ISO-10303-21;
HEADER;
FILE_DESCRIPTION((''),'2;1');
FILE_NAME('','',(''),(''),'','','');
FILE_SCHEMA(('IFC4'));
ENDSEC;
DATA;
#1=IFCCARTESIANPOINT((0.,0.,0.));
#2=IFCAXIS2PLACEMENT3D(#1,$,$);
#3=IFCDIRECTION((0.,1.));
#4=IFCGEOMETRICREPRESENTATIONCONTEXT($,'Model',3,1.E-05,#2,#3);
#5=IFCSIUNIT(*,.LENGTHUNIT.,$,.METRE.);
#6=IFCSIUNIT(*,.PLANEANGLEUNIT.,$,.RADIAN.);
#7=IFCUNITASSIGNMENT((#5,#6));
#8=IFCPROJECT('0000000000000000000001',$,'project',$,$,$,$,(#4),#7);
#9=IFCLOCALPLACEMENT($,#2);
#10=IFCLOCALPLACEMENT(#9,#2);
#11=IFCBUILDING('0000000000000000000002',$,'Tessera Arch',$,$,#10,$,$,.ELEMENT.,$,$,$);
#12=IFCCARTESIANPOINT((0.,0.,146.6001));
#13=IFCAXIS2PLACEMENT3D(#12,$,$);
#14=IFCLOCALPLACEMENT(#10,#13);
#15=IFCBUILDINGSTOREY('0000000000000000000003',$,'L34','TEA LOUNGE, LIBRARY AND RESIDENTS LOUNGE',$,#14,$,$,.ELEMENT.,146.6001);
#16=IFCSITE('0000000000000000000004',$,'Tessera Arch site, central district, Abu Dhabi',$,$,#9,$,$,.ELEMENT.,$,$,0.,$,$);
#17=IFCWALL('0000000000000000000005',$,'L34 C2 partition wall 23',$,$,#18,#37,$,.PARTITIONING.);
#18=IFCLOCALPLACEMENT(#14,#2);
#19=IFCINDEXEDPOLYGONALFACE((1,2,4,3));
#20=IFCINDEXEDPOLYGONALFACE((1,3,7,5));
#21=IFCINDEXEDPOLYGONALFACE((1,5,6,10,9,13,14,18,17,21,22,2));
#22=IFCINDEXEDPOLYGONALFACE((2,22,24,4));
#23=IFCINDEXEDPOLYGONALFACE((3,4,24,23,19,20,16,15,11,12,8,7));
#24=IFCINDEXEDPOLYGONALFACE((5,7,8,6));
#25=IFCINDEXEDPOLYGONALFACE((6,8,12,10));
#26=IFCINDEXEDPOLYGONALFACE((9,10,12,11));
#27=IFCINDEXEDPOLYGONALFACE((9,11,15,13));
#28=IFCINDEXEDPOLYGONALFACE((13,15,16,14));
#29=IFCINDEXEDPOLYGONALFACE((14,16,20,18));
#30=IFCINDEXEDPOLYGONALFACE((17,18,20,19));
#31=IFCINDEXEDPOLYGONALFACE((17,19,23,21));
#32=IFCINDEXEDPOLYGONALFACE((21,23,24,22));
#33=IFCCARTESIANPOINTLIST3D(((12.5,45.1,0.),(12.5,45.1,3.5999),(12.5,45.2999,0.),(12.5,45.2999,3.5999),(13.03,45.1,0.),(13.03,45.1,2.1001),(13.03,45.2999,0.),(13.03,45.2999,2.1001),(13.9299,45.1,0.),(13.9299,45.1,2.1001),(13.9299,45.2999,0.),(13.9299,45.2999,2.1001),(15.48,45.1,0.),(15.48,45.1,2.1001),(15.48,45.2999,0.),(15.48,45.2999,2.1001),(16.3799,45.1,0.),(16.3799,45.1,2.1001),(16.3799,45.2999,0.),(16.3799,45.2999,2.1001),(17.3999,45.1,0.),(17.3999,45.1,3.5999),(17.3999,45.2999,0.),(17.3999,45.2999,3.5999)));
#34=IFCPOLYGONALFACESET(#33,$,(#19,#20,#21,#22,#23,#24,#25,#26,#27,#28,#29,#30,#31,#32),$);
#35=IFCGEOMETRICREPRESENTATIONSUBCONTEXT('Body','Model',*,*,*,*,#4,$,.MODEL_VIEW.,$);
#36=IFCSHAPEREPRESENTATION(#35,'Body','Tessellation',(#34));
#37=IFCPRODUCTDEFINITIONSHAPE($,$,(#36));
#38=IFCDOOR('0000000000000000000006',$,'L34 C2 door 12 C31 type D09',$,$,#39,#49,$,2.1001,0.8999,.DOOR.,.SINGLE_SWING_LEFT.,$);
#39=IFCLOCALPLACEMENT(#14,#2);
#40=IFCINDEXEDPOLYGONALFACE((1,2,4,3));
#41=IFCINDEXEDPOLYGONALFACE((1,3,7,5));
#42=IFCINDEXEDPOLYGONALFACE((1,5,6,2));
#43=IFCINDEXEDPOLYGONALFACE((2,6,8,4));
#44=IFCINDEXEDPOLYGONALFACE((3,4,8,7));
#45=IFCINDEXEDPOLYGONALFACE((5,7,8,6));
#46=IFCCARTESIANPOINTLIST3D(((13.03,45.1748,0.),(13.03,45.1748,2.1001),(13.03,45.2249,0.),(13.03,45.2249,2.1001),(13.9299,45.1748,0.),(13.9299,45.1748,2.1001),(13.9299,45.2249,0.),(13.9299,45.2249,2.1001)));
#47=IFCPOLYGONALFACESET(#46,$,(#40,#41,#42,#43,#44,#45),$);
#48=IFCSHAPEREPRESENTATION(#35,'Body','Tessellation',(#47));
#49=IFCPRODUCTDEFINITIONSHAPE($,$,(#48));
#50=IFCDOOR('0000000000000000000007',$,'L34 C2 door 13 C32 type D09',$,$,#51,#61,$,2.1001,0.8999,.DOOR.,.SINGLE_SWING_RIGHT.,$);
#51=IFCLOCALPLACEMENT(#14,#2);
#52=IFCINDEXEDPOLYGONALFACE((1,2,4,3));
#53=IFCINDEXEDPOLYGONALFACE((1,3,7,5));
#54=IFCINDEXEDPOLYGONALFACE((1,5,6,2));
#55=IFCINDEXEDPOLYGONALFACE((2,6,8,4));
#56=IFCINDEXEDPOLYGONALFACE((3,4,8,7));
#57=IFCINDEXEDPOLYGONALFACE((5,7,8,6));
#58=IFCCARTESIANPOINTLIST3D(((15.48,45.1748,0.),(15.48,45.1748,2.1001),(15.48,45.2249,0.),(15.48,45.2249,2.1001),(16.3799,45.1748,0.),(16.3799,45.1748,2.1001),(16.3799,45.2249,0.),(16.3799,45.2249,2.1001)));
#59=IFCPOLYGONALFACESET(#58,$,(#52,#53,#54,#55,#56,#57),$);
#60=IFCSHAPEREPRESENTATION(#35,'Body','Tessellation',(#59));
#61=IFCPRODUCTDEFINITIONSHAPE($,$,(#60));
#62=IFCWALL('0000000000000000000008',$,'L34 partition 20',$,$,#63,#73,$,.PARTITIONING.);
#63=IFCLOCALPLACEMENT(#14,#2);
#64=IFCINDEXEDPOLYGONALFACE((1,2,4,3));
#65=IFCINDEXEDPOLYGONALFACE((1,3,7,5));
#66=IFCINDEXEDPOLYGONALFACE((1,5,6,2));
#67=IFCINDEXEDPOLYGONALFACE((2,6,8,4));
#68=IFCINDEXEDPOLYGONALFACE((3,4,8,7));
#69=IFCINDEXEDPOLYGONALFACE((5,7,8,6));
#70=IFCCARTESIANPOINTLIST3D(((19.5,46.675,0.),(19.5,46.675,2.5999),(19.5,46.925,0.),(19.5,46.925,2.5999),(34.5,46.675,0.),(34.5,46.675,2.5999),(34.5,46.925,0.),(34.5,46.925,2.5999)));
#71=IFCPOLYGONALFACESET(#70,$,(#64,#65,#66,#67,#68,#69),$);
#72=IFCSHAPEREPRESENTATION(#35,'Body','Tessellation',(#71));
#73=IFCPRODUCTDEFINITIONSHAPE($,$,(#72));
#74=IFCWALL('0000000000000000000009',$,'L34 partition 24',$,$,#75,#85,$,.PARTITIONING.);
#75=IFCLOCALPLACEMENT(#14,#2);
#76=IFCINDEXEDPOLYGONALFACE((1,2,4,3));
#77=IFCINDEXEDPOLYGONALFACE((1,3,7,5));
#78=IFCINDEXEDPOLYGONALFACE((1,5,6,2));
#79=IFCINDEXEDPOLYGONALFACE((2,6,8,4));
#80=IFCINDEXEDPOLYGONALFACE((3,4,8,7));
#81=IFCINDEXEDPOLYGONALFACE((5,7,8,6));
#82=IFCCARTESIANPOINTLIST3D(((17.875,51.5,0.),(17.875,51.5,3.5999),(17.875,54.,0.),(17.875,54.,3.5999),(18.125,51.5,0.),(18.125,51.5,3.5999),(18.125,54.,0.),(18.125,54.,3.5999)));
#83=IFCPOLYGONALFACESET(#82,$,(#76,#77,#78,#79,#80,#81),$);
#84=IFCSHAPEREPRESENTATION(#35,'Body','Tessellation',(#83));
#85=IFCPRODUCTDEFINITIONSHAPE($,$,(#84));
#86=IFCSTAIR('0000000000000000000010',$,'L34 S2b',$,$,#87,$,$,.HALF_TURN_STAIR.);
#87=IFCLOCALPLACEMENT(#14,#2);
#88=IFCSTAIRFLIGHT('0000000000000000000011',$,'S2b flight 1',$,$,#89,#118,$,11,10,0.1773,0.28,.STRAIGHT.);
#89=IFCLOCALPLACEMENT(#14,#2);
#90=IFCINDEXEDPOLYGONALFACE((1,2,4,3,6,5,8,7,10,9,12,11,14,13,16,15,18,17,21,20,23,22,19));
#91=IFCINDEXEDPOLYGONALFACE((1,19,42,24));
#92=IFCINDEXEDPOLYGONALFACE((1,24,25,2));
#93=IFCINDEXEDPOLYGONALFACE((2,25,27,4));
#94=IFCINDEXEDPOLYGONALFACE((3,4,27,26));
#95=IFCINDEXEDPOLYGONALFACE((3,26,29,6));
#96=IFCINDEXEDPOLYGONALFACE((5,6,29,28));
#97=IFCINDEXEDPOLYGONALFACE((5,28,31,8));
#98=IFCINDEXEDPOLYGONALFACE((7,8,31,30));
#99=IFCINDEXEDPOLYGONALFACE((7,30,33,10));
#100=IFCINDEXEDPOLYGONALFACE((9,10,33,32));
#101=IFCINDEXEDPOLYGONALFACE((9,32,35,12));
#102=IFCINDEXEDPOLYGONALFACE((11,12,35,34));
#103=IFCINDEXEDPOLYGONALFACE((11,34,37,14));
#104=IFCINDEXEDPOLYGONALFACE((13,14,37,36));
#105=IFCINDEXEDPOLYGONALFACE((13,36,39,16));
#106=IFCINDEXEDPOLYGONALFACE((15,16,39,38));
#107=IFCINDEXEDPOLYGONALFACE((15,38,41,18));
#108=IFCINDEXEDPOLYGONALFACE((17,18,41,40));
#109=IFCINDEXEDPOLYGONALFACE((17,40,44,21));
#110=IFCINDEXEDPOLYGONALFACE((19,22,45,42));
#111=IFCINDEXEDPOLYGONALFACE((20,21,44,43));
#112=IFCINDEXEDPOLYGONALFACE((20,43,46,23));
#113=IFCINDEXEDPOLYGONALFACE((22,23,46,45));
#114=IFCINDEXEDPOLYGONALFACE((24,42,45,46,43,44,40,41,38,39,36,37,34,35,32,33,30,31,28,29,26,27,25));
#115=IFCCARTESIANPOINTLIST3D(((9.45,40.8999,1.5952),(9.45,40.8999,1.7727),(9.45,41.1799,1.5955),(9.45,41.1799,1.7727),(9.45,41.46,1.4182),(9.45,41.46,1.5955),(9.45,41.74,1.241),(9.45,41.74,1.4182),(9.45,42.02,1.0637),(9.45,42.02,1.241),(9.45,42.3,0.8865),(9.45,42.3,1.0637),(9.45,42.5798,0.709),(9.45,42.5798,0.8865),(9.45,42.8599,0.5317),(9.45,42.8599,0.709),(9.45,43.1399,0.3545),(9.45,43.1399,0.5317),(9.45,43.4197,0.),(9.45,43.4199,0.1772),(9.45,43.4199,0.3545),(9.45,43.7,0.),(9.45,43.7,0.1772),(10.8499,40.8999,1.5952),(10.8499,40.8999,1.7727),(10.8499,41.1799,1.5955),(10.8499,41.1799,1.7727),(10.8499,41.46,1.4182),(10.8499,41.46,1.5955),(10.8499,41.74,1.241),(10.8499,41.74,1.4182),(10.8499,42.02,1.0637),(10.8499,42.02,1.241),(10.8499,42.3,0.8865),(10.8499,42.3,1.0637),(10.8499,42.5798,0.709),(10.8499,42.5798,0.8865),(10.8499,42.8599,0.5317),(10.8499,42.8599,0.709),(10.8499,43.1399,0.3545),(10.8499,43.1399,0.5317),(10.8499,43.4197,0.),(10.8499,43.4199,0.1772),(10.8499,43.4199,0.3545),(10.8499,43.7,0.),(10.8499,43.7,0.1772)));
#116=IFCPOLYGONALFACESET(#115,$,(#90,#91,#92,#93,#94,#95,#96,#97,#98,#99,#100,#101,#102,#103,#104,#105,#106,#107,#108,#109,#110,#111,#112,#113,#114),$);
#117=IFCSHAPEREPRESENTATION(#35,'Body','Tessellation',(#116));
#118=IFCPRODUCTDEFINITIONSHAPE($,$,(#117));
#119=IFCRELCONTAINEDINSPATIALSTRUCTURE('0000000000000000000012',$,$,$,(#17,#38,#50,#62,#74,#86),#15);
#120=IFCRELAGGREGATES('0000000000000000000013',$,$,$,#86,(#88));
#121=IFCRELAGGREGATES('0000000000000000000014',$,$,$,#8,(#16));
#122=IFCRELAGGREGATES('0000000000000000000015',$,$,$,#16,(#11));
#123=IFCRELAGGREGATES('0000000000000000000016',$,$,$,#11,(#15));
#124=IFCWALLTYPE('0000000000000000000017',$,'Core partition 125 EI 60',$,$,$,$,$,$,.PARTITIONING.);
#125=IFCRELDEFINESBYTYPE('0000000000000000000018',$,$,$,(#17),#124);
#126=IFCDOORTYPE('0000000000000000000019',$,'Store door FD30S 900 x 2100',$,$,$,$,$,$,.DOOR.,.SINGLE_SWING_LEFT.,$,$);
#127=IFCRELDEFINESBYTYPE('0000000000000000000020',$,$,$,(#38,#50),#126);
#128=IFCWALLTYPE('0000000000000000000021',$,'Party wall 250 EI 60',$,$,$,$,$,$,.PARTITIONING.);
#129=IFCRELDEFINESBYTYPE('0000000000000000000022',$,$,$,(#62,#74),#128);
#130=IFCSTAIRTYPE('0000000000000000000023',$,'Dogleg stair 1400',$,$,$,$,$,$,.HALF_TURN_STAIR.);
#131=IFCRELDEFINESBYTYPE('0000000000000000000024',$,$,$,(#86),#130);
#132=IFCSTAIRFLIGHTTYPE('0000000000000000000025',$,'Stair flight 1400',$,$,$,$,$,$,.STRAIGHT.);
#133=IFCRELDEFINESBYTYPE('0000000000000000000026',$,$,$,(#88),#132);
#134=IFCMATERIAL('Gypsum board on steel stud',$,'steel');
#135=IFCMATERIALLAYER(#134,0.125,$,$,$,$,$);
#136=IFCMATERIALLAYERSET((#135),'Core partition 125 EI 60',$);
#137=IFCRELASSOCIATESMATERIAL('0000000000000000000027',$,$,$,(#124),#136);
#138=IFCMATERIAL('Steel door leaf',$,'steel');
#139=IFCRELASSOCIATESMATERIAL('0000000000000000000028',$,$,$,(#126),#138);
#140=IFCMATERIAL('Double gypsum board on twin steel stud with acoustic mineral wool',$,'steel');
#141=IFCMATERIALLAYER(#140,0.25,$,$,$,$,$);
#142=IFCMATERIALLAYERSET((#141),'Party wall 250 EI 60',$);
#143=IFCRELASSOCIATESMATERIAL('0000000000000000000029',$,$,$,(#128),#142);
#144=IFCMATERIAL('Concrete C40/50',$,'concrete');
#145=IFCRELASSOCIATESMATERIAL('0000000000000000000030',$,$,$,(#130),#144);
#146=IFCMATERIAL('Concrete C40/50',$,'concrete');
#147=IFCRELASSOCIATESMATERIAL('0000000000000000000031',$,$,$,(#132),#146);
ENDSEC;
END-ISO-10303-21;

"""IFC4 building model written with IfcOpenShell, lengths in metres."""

from ifc_helpers import new_model, si_unit, direction, frame, frame_2d, origin, place, context, subcontext, project, spatial, polyline, rectangle, outline, extrude, material, layer, layer_set, type_object, element, fill, aggregate, save


model = new_model("IFC4")

# Units and contexts
model_context = context("Model", 3, precision=1e-05, world=origin(), true_north=direction((0.0, 1.0)))
body_context = subcontext(model_context, "Body", "Model", "MODEL_VIEW")
ifc_project = project(units=[si_unit("LENGTHUNIT", "METRE"), si_unit("PLANEANGLEUNIT", "RADIAN")], contexts=[model_context])

# Site, building, storey
site_placement = place(None, origin())
site = spatial("IfcSite", under=ifc_project, at=site_placement, Name="Tessera Arch site, central district, Abu Dhabi", CompositionType="ELEMENT", RefElevation=0.0)
building_placement = place(site_placement, origin())
building = spatial("IfcBuilding", under=site, at=building_placement, Name="Tessera Arch", CompositionType="ELEMENT")
storey_placement = place(building_placement, frame((0.0, 0.0, 146.6001)))
storey = spatial("IfcBuildingStorey", under=building, at=storey_placement, Name="L34", Description="TEA LOUNGE, LIBRARY AND RESIDENTS LOUNGE", CompositionType="ELEMENT", Elevation=146.6001)

# Shared definitions
ifc_material_1 = material(Name="Gypsum board on steel stud", Category="steel")
ifc_layer_1 = layer(ifc_material_1, 0.125)
ifc_layer_set_1 = layer_set([ifc_layer_1], Name="Core partition 125 EI 60")
wall_type_1 = type_object("IfcWallType", Name="Core partition 125 EI 60", PredefinedType="PARTITIONING", material=ifc_layer_set_1)

# Wall, openings, doors
wall_1_placement = place(storey_placement, frame((12.5, 45.2, 0.0), z_axis=(0.0, 0.0, 1.0), x_axis=(1.0, 0.0, 0.0)))
wall_1 = element("IfcWall", 1, at=wall_1_placement, inside=storey, type_object=wall_type_1, Name="L34 C2 partition wall 23", PredefinedType="PARTITIONING", context=body_context, shape_type="SweptSolid", body=[
    extrude(rectangle(XDim=4.8999, YDim=0.2, at=frame_2d((2.45, 0.0))), origin(), (0.0, 0.0, 1.0), 3.5999),
])
opening_1_placement = place(wall_1_placement, frame((0.53, 0.0, 0.0)))
opening_1 = element("IfcOpeningElement", 2, at=opening_1_placement, cuts=wall_1, PredefinedType="OPENING", context=body_context, shape_type="SweptSolid", body=[
    extrude(rectangle(XDim=0.8999, YDim=2.1001, at=frame_2d((0.45, 1.05))), frame((0.0, 0.1099, 0.0), z_axis=(0.0, -1.0, 0.0), x_axis=(1.0, 0.0, 0.0)), (0.0, 0.0, 1.0), 0.22),
])
opening_2_placement = place(wall_1_placement, frame((2.98, 0.0, 0.0)))
opening_2 = element("IfcOpeningElement", 3, at=opening_2_placement, cuts=wall_1, PredefinedType="OPENING", context=body_context, shape_type="SweptSolid", body=[
    extrude(rectangle(XDim=0.8999, YDim=2.1001, at=frame_2d((0.45, 1.05))), frame((0.0, 0.1099, 0.0), z_axis=(0.0, -1.0, 0.0), x_axis=(1.0, 0.0, 0.0)), (0.0, 0.0, 1.0), 0.22),
])
ifc_material_2 = material(Name="Steel door leaf", Category="steel")
door_type = type_object("IfcDoorType", Name="Store door FD30S 900 x 2100", OperationType="SINGLE_SWING_LEFT", PredefinedType="DOOR", material=ifc_material_2)
door_1_placement = place(opening_1_placement, origin())
door_1 = element("IfcDoor", 4, at=door_1_placement, inside=storey, type_object=door_type, Name="L34 C2 door 12 C31 type D09", OperationType="SINGLE_SWING_LEFT", OverallHeight=2.1001, OverallWidth=0.8999, PredefinedType="DOOR", context=body_context, shape_type="SweptSolid", body=[
    extrude(rectangle(XDim=0.8999, YDim=2.1001, at=frame_2d((0.45, 1.05))), frame((0.0, 0.0249, 0.0), z_axis=(0.0, -1.0, 0.0), x_axis=(1.0, 0.0, 0.0)), (0.0, 0.0, 1.0), 0.05),
])
fill(opening_1, door_1)
door_2_placement = place(opening_2_placement, origin())
door_2 = element("IfcDoor", 5, at=door_2_placement, inside=storey, type_object=door_type, Name="L34 C2 door 13 C32 type D09", OperationType="SINGLE_SWING_RIGHT", OverallHeight=2.1001, OverallWidth=0.8999, PredefinedType="DOOR", context=body_context, shape_type="SweptSolid", body=[
    extrude(rectangle(XDim=0.8999, YDim=2.1001, at=frame_2d((0.45, 1.05))), frame((0.0, 0.0249, 0.0), z_axis=(0.0, -1.0, 0.0), x_axis=(1.0, 0.0, 0.0)), (0.0, 0.0, 1.0), 0.05),
])
fill(opening_2, door_2)

# Walls
ifc_material_3 = material(Name="Double gypsum board on twin steel stud with acoustic mineral wool", Category="steel")
ifc_layer_2 = layer(ifc_material_3, 0.25)
ifc_layer_set_2 = layer_set([ifc_layer_2], Name="Party wall 250 EI 60")
wall_type_2 = type_object("IfcWallType", Name="Party wall 250 EI 60", PredefinedType="PARTITIONING", material=ifc_layer_set_2)
wall_2_placement = place(storey_placement, frame((19.5, 46.8, 0.0), z_axis=(0.0, 0.0, 1.0), x_axis=(1.0, 0.0, 0.0)))
element("IfcWall", 6, at=wall_2_placement, inside=storey, type_object=wall_type_2, Name="L34 partition 20", PredefinedType="PARTITIONING", context=body_context, shape_type="SweptSolid", body=[
    extrude(rectangle(XDim=15.0, YDim=0.25, at=frame_2d((7.5, 0.0))), origin(), (0.0, 0.0, 1.0), 2.5999),
])
wall_3_placement = place(storey_placement, frame((18.0, 51.5, 0.0), z_axis=(0.0, 0.0, 1.0), x_axis=(0.0, 1.0, 0.0)))
element("IfcWall", 7, at=wall_3_placement, inside=storey, type_object=wall_type_2, Name="L34 partition 24", PredefinedType="PARTITIONING", context=body_context, shape_type="SweptSolid", body=[
    extrude(rectangle(XDim=2.5, YDim=0.25, at=frame_2d((1.25, 0.0))), origin(), (0.0, 0.0, 1.0), 3.5999),
])

# Stair, stair flight
ifc_material_4 = material(Name="Concrete C40/50", Category="concrete")
stair_type = type_object("IfcStairType", Name="Dogleg stair 1400", PredefinedType="HALF_TURN_STAIR", material=ifc_material_4)
stair_placement = place(storey_placement, origin())
stair = element("IfcStair", 8, at=stair_placement, inside=storey, type_object=stair_type, Name="L34 S2b", PredefinedType="HALF_TURN_STAIR")
ifc_material_5 = material(Name="Concrete C40/50", Category="concrete")
stair_flight_type = type_object("IfcStairFlightType", Name="Stair flight 1400", PredefinedType="STRAIGHT", material=ifc_material_5)
stair_flight_placement = place(storey_placement, frame((10.1499, 43.7, 0.0), z_axis=(0.0, 0.0, 1.0), x_axis=(0.0, -1.0, 0.0)))
stair_flight = element("IfcStairFlight", 9, at=stair_flight_placement, type_object=stair_flight_type, Name="S2b flight 1", NumberOfRisers=11, NumberOfTreads=10, PredefinedType="STRAIGHT", RiserHeight=0.1773, TreadLength=0.28, context=body_context, shape_type="SweptSolid", body=[
    extrude(outline(polyline([(0.0, 0.0), (0.0, 0.1772), (0.28, 0.1772), (0.28, 0.3545), (0.5601, 0.3545), (0.5601, 0.5317), (0.8401, 0.5317), (0.8401, 0.709), (1.1201, 0.709), (1.1201, 0.8865), (1.3999, 0.8865), (1.3999, 1.0637), (1.6799, 1.0637), (1.6799, 1.241), (1.96, 1.241), (1.96, 1.4182), (2.24, 1.4182), (2.24, 1.5955), (2.52, 1.5955), (2.52, 1.7727), (2.8, 1.7727), (2.8, 1.95), (2.8, 1.5952), (0.2803, 0.0), (0.0, 0.0)])), frame((0.0, 0.7, 0.0), z_axis=(0.0, -1.0, 0.0), x_axis=(1.0, 0.0, 0.0)), (0.0, 0.0, 1.0), 1.3999),
])
aggregate(stair, [stair_flight])

save(model, "model.ifc")
